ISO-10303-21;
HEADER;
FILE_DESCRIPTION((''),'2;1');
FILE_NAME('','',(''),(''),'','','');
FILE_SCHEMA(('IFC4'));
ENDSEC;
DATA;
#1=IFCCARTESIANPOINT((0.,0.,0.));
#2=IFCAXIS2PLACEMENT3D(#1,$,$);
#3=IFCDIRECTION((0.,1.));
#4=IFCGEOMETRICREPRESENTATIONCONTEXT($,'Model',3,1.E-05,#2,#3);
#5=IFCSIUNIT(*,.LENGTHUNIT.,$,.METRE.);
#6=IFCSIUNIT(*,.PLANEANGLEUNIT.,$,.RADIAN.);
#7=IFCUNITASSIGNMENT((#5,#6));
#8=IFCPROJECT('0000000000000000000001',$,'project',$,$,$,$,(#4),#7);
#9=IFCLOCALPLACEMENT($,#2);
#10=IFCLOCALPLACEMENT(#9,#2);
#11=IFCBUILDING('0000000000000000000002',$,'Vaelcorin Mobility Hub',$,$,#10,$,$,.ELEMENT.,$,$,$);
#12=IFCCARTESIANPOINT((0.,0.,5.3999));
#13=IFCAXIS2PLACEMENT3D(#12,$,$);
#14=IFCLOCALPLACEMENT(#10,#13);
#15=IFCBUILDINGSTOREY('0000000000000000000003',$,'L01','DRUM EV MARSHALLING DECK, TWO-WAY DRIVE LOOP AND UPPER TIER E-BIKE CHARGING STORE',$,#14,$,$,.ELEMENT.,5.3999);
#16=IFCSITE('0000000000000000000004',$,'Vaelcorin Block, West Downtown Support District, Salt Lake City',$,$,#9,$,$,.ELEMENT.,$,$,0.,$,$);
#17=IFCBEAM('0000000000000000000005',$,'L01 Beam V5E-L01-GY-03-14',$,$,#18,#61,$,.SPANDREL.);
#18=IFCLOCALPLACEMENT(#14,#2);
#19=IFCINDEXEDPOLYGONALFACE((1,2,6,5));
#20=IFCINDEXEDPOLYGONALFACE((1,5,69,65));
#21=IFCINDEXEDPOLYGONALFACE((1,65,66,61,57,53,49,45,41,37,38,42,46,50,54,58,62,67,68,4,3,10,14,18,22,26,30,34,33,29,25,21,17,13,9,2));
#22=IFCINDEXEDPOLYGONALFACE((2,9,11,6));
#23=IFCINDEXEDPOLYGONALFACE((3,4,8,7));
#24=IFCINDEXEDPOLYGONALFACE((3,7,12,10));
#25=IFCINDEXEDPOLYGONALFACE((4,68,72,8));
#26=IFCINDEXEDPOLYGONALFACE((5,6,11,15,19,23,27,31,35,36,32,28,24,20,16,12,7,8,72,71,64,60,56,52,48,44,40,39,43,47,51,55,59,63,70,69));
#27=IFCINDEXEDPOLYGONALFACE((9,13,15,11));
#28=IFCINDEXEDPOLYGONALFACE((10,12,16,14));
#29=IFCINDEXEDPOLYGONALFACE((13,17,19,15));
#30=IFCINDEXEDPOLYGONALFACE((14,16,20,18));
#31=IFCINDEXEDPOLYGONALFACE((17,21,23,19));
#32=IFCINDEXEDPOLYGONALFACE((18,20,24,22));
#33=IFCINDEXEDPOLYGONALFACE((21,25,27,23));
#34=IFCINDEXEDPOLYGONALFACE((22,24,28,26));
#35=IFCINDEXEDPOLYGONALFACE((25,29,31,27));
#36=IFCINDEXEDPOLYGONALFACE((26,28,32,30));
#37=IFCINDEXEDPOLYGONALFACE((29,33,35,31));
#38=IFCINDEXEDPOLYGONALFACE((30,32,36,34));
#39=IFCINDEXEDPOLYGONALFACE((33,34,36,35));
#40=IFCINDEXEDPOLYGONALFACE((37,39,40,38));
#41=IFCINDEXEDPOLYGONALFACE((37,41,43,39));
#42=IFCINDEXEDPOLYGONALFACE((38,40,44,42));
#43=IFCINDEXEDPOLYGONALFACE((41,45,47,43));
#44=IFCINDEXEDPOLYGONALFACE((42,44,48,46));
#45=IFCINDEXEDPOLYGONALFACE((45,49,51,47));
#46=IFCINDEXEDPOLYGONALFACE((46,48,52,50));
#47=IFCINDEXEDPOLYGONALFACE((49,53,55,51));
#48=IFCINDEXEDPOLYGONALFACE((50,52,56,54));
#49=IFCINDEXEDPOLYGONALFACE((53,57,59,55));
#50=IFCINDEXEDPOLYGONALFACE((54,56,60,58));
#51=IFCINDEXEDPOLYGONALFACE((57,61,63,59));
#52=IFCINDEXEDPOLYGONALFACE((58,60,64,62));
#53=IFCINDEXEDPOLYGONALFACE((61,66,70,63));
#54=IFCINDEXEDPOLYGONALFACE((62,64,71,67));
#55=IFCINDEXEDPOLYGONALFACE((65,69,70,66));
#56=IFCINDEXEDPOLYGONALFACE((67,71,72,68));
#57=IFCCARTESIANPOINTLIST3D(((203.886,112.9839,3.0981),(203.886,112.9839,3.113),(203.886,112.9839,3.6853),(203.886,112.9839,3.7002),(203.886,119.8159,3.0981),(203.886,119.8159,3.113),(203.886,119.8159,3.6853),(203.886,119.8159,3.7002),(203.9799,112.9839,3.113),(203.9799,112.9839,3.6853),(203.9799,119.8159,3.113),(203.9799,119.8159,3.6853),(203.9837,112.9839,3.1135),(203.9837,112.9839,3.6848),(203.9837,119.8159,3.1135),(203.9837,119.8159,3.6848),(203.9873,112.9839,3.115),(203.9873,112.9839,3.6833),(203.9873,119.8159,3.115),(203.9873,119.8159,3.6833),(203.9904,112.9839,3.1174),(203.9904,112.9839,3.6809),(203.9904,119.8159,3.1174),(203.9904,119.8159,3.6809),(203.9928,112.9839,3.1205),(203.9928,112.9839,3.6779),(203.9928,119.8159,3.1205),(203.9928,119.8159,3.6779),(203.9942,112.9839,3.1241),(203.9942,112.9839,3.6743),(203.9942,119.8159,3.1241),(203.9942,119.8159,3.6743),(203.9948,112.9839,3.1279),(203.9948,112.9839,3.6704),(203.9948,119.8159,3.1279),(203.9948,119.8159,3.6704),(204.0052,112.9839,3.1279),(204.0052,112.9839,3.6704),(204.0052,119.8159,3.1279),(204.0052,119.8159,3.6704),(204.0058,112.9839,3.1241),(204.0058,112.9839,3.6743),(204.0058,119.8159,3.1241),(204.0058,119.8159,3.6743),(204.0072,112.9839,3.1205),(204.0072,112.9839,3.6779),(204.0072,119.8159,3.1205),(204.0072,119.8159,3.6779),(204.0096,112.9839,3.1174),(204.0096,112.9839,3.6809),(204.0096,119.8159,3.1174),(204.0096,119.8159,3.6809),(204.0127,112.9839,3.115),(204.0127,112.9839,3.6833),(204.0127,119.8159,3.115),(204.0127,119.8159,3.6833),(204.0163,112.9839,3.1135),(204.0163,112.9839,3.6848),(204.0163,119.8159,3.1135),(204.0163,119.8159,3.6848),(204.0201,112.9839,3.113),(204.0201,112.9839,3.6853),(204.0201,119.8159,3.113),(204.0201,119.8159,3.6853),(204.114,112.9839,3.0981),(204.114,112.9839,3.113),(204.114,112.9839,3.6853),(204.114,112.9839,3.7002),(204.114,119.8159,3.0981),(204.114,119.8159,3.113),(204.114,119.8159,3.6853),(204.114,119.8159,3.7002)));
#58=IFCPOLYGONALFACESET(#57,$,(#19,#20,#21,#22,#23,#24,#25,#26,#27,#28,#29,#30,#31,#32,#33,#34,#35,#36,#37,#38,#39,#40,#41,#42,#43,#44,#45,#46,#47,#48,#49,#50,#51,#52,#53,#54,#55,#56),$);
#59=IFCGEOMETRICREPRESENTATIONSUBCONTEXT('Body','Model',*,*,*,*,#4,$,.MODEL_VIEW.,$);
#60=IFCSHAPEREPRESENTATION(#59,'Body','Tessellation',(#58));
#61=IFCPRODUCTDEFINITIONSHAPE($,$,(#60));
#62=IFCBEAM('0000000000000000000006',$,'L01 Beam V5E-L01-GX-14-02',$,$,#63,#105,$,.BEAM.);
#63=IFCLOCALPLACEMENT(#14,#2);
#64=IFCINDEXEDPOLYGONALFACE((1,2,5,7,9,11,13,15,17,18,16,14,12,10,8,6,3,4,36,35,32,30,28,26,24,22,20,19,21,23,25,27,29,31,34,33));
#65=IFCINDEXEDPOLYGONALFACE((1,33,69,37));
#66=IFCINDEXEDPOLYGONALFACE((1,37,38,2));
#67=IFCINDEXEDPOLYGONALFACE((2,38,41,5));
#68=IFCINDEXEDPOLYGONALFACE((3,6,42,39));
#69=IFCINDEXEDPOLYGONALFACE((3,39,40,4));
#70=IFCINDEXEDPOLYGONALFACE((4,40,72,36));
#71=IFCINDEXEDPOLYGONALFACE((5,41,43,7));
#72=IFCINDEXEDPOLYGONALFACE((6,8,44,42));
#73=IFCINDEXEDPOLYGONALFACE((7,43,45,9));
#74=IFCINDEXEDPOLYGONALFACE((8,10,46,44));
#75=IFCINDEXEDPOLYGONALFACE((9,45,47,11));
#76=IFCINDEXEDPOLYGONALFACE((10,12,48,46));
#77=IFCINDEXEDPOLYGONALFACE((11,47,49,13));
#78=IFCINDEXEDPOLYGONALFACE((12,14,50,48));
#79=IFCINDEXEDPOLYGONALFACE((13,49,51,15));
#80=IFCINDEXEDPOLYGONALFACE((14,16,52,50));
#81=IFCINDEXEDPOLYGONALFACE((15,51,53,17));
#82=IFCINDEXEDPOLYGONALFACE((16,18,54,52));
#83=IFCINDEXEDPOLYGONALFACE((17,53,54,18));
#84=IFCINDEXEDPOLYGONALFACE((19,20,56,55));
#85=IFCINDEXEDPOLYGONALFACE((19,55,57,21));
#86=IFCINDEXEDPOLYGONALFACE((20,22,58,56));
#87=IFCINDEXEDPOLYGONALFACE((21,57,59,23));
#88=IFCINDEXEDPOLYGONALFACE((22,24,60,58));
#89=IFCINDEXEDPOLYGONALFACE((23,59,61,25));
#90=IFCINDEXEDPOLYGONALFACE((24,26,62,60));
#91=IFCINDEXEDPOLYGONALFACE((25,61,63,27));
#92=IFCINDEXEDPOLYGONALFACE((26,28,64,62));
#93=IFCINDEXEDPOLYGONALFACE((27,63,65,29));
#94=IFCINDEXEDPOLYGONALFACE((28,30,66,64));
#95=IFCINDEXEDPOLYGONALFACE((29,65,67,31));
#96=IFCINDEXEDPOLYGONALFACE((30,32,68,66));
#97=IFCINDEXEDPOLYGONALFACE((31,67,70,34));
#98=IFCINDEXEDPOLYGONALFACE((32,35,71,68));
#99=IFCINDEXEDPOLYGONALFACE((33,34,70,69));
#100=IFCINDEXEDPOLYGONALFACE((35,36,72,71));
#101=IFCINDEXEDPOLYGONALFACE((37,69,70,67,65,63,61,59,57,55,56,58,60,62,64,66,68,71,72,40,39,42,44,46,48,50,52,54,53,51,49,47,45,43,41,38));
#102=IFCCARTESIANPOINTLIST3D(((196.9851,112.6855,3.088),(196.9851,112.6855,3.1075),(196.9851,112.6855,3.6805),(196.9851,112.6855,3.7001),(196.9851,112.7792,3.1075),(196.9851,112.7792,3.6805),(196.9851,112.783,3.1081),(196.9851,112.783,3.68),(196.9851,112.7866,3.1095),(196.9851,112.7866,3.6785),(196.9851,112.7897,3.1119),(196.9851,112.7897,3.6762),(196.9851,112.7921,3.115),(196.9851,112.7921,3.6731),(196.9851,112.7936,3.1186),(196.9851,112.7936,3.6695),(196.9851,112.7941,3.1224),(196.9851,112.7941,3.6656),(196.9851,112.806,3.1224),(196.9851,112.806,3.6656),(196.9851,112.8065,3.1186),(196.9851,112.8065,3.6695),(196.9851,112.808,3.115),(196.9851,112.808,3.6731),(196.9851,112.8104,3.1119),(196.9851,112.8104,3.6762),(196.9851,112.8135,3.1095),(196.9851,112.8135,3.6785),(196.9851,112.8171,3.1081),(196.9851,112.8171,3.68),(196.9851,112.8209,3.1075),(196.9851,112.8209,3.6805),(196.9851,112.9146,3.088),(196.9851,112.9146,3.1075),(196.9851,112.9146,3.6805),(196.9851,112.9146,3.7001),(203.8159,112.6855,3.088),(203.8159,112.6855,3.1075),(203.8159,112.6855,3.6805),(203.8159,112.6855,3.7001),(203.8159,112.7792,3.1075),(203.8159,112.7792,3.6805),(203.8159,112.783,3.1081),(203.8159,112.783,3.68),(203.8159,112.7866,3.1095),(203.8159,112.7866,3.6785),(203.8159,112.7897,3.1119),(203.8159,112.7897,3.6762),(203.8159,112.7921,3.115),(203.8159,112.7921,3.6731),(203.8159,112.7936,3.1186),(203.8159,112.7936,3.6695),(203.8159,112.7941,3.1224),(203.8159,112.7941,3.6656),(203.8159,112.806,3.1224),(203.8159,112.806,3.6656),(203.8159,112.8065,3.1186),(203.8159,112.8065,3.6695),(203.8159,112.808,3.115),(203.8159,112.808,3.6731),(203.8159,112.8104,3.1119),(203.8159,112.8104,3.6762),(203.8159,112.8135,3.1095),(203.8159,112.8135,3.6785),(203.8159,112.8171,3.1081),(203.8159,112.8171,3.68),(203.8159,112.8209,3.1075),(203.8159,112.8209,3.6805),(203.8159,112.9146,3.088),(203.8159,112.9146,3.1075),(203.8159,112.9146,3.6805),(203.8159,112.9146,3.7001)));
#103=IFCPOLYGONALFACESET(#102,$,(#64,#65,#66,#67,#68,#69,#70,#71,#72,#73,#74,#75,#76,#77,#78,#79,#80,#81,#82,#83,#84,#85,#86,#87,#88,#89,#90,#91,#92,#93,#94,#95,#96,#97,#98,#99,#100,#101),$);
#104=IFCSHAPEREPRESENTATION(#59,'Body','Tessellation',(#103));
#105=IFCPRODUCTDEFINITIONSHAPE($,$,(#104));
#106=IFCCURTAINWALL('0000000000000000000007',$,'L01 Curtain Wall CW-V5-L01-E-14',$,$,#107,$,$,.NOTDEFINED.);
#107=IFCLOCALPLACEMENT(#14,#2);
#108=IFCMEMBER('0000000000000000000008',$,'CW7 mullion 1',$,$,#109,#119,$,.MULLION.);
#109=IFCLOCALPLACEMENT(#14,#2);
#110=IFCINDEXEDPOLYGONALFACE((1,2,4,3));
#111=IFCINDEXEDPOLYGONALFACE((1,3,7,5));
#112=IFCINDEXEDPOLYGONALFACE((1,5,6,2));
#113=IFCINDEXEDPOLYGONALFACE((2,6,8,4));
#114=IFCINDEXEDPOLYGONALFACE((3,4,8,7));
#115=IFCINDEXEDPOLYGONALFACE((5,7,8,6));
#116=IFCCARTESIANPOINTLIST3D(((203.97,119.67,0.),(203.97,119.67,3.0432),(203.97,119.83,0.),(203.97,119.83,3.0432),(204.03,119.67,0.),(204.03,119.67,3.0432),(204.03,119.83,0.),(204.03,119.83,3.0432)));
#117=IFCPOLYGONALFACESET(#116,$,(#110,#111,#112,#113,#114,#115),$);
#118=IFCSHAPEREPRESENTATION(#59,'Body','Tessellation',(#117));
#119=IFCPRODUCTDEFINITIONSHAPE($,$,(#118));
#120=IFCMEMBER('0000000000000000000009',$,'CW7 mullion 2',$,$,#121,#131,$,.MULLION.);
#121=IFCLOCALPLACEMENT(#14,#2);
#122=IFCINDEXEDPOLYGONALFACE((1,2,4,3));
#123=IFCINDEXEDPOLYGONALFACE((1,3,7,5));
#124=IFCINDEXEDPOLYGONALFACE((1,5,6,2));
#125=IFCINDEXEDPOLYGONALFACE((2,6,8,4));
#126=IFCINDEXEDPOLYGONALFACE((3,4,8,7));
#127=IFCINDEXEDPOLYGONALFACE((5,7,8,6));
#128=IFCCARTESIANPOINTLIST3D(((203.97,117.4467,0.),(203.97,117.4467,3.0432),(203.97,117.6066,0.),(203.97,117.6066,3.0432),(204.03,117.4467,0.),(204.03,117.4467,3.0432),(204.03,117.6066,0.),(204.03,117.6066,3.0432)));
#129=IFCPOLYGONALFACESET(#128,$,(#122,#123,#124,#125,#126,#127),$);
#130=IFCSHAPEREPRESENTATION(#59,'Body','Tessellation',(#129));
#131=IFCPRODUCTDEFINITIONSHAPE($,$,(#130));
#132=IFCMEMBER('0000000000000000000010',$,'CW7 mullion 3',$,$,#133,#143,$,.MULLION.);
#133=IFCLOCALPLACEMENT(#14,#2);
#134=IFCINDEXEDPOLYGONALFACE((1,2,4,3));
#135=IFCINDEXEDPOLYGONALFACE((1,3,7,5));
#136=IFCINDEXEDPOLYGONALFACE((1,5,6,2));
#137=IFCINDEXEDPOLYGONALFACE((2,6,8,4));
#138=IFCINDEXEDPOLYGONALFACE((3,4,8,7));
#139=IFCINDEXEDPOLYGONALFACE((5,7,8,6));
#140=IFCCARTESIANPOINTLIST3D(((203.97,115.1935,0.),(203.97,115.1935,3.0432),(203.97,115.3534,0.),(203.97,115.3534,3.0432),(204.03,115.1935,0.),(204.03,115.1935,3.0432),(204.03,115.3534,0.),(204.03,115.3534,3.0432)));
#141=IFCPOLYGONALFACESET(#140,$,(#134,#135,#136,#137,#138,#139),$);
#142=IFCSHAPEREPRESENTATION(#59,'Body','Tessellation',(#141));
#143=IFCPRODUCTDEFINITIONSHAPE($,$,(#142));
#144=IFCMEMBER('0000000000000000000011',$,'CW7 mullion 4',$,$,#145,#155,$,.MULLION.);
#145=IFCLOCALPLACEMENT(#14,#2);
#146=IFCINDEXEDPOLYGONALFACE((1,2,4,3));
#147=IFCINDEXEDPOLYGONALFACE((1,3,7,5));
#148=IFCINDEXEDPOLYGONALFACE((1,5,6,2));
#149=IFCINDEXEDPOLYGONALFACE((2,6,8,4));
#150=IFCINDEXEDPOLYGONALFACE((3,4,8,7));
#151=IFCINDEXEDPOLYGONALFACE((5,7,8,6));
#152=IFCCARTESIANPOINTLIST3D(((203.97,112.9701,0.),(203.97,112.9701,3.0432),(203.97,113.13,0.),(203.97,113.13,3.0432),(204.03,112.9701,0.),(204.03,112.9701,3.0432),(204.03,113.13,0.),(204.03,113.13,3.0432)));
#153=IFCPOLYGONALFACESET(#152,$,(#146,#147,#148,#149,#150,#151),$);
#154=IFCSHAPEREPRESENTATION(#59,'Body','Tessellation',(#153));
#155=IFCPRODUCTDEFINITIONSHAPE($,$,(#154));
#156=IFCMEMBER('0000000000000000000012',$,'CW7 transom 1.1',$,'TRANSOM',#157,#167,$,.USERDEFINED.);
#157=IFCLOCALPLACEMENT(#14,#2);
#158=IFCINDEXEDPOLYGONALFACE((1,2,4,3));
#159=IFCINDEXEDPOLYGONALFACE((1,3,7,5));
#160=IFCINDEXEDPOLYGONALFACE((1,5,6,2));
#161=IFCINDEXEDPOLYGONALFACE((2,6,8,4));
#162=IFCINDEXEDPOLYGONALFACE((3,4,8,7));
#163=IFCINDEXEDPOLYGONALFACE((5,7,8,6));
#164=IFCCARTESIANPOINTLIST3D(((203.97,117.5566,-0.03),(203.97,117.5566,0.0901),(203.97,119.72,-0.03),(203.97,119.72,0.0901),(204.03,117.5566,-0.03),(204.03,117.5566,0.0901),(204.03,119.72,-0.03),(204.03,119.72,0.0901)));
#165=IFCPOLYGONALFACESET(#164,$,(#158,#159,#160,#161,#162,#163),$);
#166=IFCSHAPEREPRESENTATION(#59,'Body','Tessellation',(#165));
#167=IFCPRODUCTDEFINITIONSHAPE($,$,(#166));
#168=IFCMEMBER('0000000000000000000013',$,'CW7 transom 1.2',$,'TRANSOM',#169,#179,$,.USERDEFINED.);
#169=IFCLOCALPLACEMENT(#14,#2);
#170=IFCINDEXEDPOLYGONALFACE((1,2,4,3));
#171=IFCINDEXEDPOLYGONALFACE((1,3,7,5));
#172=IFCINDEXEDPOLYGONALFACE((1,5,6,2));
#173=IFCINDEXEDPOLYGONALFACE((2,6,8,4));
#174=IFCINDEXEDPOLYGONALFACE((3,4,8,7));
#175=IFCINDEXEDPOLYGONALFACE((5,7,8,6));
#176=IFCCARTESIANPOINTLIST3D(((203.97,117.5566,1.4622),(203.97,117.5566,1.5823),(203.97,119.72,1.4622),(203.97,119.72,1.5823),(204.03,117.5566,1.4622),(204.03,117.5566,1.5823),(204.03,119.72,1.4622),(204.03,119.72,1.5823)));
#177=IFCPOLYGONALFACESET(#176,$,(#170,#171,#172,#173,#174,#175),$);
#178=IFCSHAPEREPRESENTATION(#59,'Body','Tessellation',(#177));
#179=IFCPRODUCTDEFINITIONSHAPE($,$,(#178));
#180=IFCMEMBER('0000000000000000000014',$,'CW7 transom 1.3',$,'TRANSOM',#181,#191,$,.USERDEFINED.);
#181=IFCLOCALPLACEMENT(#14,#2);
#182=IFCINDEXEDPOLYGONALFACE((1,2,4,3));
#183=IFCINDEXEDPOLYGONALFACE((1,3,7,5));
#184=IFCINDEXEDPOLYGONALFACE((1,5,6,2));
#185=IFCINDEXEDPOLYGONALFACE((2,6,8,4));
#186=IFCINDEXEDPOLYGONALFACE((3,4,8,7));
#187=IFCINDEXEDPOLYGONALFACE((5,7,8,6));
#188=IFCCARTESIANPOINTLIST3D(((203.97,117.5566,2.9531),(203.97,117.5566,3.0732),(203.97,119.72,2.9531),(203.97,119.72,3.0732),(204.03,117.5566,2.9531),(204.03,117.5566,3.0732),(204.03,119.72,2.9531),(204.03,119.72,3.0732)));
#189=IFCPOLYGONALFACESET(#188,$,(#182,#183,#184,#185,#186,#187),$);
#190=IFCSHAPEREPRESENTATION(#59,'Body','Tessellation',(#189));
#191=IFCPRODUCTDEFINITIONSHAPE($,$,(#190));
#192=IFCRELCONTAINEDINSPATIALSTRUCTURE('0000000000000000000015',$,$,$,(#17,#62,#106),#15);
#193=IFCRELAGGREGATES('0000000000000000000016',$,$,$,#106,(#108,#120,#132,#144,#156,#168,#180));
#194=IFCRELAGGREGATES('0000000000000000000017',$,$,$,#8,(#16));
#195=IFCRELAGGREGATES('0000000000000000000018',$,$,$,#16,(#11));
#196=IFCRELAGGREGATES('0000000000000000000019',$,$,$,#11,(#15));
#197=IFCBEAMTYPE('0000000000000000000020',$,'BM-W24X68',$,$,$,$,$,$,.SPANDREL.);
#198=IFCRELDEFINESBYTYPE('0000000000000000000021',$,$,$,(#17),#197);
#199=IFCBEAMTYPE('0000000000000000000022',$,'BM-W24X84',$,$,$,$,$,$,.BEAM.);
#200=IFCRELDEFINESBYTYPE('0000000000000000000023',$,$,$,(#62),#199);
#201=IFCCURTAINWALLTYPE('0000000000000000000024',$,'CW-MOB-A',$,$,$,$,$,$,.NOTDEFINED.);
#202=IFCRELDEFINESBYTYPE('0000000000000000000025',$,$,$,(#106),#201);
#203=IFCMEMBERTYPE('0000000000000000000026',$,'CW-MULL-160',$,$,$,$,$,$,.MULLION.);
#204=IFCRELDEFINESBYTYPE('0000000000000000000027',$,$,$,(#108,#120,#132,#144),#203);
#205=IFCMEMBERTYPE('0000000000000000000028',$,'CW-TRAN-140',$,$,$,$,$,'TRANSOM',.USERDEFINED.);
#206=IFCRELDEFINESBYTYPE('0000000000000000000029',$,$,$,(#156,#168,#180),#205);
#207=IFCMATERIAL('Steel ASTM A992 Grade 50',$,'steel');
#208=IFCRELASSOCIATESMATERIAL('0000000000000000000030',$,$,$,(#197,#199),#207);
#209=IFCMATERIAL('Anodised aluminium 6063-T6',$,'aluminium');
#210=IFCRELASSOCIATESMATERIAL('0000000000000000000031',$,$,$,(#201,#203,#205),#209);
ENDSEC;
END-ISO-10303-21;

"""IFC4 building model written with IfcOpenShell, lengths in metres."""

from ifc_helpers import new_model, si_unit, direction, frame, origin, origin_2d, place, context, subcontext, project, spatial, rectangle, i_section, extrude, material, material_profile, profile_set, type_object, element, aggregate, save


model = new_model("IFC4")

# Units and contexts
model_context = context("Model", 3, precision=1e-05, world=origin(), true_north=direction((0.0, 1.0)))
body_context = subcontext(model_context, "Body", "Model", "MODEL_VIEW")
ifc_project = project(units=[si_unit("LENGTHUNIT", "METRE"), si_unit("PLANEANGLEUNIT", "RADIAN")], contexts=[model_context])

# Site, building, storey
site_placement = place(None, origin())
site = spatial("IfcSite", under=ifc_project, at=site_placement, Name="Vaelcorin Block, West Downtown Support District, Salt Lake City", CompositionType="ELEMENT", RefElevation=0.0)
building_placement = place(site_placement, origin())
building = spatial("IfcBuilding", under=site, at=building_placement, Name="Vaelcorin Mobility Hub", CompositionType="ELEMENT")
storey_placement = place(building_placement, frame((0.0, 0.0, 5.3999)))
storey = spatial("IfcBuildingStorey", under=building, at=storey_placement, Name="L01", Description="DRUM EV MARSHALLING DECK, TWO-WAY DRIVE LOOP AND UPPER TIER E-BIKE CHARGING STORE", CompositionType="ELEMENT", Elevation=5.3999)

# Shared definitions
ifc_material_1 = material(Name="Steel ASTM A992 Grade 50", Category="steel")

# Beams
ifc_material_profile_1 = material_profile(ifc_material_1, i_section(OverallWidth=0.228, OverallDepth=0.6021, WebThickness=0.0105, FlangeThickness=0.0149, FilletRadius=0.0149, at=origin_2d()), Name="W24X68")
ifc_profile_set_1 = profile_set([ifc_material_profile_1], Name="Steel ASTM A992 Grade 50")
beam_type_1 = type_object("IfcBeamType", Name="BM-W24X68", PredefinedType="SPANDREL", material=ifc_profile_set_1)
for number, where, z_axis, x_axis, name in (
    (1, (204.0, 112.9839, 3.3992), (0.0, 1.0, 0.0), (-1.0, 0.0, 0.0), "L01 Beam V5E-L01-GY-03-14"),
):
    element("IfcBeam", number, at=place(storey_placement, frame(where, z_axis=z_axis, x_axis=x_axis)), inside=storey, type_object=beam_type_1, Name=name, PredefinedType="SPANDREL", context=body_context, shape_type="SweptSolid", body=[
        extrude(i_section(OverallWidth=0.228, OverallDepth=0.6021, WebThickness=0.0105, FlangeThickness=0.0149, FilletRadius=0.0149, at=origin_2d()), origin(), (0.0, 0.0, 1.0), 6.832),
    ])
ifc_material_profile_2 = material_profile(ifc_material_1, i_section(OverallWidth=0.229, OverallDepth=0.6121, WebThickness=0.012, FlangeThickness=0.0195, FilletRadius=0.0149, at=origin_2d()), Name="W24X84")
ifc_profile_set_2 = profile_set([ifc_material_profile_2], Name="Steel ASTM A992 Grade 50")
beam_type_2 = type_object("IfcBeamType", Name="BM-W24X84", PredefinedType="BEAM", material=ifc_profile_set_2)
beam_1_placement = place(storey_placement, frame((196.9851, 112.8, 3.394), z_axis=(1.0, 0.0, 0.0), x_axis=(0.0, 1.0, 0.0)))
element("IfcBeam", 2, at=beam_1_placement, inside=storey, type_object=beam_type_2, Name="L01 Beam V5E-L01-GX-14-02", PredefinedType="BEAM", context=body_context, shape_type="SweptSolid", body=[
    extrude(i_section(OverallWidth=0.229, OverallDepth=0.6121, WebThickness=0.012, FlangeThickness=0.0195, FilletRadius=0.0149, at=origin_2d()), origin(), (0.0, 0.0, 1.0), 6.8308),
])

# Curtain wall, members
ifc_material_2 = material(Name="Anodised aluminium 6063-T6", Category="aluminium")
curtain_wall_type = type_object("IfcCurtainWallType", Name="CW-MOB-A", PredefinedType="NOTDEFINED", material=ifc_material_2)
curtain_wall_placement = place(storey_placement, origin())
curtain_wall = element("IfcCurtainWall", 3, at=curtain_wall_placement, inside=storey, type_object=curtain_wall_type, Name="L01 Curtain Wall CW-V5-L01-E-14", PredefinedType="NOTDEFINED")
ifc_material_profile_3 = material_profile(ifc_material_2, rectangle(XDim=0.0601, YDim=0.1599, at=origin_2d()), Name="ALU-M60X160")
ifc_profile_set_3 = profile_set([ifc_material_profile_3], Name="Anodised aluminium 6063-T6")
member_type_1 = type_object("IfcMemberType", Name="CW-MULL-160", PredefinedType="MULLION", material=ifc_profile_set_3)
member_1_placement = place(storey_placement, frame((204.0, 119.75, 0.0), z_axis=(0.0, 0.0, 1.0), x_axis=(1.0, 0.0, 0.0)))
member_1 = element("IfcMember", 4, at=member_1_placement, type_object=member_type_1, Name="CW7 mullion 1", PredefinedType="MULLION", context=body_context, shape_type="SweptSolid", body=[
    extrude(rectangle(XDim=0.0601, YDim=0.1599, at=origin_2d()), origin(), (0.0, 0.0, 1.0), 3.0432),
])
member_2_placement = place(storey_placement, frame((204.0, 117.5266, 0.0), z_axis=(0.0, 0.0, 1.0), x_axis=(1.0, 0.0, 0.0)))
member_2 = element("IfcMember", 5, at=member_2_placement, type_object=member_type_1, Name="CW7 mullion 2", PredefinedType="MULLION", context=body_context, shape_type="SweptSolid", body=[
    extrude(rectangle(XDim=0.0601, YDim=0.1599, at=origin_2d()), origin(), (0.0, 0.0, 1.0), 3.0432),
])
member_3_placement = place(storey_placement, frame((204.0, 115.2734, 0.0), z_axis=(0.0, 0.0, 1.0), x_axis=(1.0, 0.0, 0.0)))
member_3 = element("IfcMember", 6, at=member_3_placement, type_object=member_type_1, Name="CW7 mullion 3", PredefinedType="MULLION", context=body_context, shape_type="SweptSolid", body=[
    extrude(rectangle(XDim=0.0601, YDim=0.1599, at=origin_2d()), origin(), (0.0, 0.0, 1.0), 3.0432),
])
member_4_placement = place(storey_placement, frame((204.0, 113.05, 0.0), z_axis=(0.0, 0.0, 1.0), x_axis=(1.0, 0.0, 0.0)))
member_4 = element("IfcMember", 7, at=member_4_placement, type_object=member_type_1, Name="CW7 mullion 4", PredefinedType="MULLION", context=body_context, shape_type="SweptSolid", body=[
    extrude(rectangle(XDim=0.0601, YDim=0.1599, at=origin_2d()), origin(), (0.0, 0.0, 1.0), 3.0432),
])
ifc_material_profile_4 = material_profile(ifc_material_2, rectangle(XDim=0.0601, YDim=0.1201, at=origin_2d()), Name="ALU-T60X120")
ifc_profile_set_4 = profile_set([ifc_material_profile_4], Name="Anodised aluminium 6063-T6")
member_type_2 = type_object("IfcMemberType", Name="CW-TRAN-140", ElementType="TRANSOM", PredefinedType="USERDEFINED", material=ifc_profile_set_4)
member_5_placement = place(storey_placement, frame((204.0, 119.72, 0.03), z_axis=(0.0, -1.0, 0.0), x_axis=(1.0, 0.0, 0.0)))
member_5 = element("IfcMember", 8, at=member_5_placement, type_object=member_type_2, Name="CW7 transom 1.1", ObjectType="TRANSOM", PredefinedType="USERDEFINED", context=body_context, shape_type="SweptSolid", body=[
    extrude(rectangle(XDim=0.0601, YDim=0.1201, at=origin_2d()), origin(), (0.0, 0.0, 1.0), 2.1633),
])
member_6_placement = place(storey_placement, frame((204.0, 119.72, 1.5222), z_axis=(0.0, -1.0, 0.0), x_axis=(1.0, 0.0, 0.0)))
member_6 = element("IfcMember", 9, at=member_6_placement, type_object=member_type_2, Name="CW7 transom 1.2", ObjectType="TRANSOM", PredefinedType="USERDEFINED", context=body_context, shape_type="SweptSolid", body=[
    extrude(rectangle(XDim=0.0601, YDim=0.1201, at=origin_2d()), origin(), (0.0, 0.0, 1.0), 2.1633),
])
member_7_placement = place(storey_placement, frame((204.0, 119.72, 3.0132), z_axis=(0.0, -1.0, 0.0), x_axis=(1.0, 0.0, 0.0)))
member_7 = element("IfcMember", 10, at=member_7_placement, type_object=member_type_2, Name="CW7 transom 1.3", ObjectType="TRANSOM", PredefinedType="USERDEFINED", context=body_context, shape_type="SweptSolid", body=[
    extrude(rectangle(XDim=0.0601, YDim=0.1201, at=origin_2d()), origin(), (0.0, 0.0, 1.0), 2.1633),
])
aggregate(curtain_wall, [member_1, member_2, member_3, member_4, member_5, member_6, member_7])

save(model, "model.ifc")
